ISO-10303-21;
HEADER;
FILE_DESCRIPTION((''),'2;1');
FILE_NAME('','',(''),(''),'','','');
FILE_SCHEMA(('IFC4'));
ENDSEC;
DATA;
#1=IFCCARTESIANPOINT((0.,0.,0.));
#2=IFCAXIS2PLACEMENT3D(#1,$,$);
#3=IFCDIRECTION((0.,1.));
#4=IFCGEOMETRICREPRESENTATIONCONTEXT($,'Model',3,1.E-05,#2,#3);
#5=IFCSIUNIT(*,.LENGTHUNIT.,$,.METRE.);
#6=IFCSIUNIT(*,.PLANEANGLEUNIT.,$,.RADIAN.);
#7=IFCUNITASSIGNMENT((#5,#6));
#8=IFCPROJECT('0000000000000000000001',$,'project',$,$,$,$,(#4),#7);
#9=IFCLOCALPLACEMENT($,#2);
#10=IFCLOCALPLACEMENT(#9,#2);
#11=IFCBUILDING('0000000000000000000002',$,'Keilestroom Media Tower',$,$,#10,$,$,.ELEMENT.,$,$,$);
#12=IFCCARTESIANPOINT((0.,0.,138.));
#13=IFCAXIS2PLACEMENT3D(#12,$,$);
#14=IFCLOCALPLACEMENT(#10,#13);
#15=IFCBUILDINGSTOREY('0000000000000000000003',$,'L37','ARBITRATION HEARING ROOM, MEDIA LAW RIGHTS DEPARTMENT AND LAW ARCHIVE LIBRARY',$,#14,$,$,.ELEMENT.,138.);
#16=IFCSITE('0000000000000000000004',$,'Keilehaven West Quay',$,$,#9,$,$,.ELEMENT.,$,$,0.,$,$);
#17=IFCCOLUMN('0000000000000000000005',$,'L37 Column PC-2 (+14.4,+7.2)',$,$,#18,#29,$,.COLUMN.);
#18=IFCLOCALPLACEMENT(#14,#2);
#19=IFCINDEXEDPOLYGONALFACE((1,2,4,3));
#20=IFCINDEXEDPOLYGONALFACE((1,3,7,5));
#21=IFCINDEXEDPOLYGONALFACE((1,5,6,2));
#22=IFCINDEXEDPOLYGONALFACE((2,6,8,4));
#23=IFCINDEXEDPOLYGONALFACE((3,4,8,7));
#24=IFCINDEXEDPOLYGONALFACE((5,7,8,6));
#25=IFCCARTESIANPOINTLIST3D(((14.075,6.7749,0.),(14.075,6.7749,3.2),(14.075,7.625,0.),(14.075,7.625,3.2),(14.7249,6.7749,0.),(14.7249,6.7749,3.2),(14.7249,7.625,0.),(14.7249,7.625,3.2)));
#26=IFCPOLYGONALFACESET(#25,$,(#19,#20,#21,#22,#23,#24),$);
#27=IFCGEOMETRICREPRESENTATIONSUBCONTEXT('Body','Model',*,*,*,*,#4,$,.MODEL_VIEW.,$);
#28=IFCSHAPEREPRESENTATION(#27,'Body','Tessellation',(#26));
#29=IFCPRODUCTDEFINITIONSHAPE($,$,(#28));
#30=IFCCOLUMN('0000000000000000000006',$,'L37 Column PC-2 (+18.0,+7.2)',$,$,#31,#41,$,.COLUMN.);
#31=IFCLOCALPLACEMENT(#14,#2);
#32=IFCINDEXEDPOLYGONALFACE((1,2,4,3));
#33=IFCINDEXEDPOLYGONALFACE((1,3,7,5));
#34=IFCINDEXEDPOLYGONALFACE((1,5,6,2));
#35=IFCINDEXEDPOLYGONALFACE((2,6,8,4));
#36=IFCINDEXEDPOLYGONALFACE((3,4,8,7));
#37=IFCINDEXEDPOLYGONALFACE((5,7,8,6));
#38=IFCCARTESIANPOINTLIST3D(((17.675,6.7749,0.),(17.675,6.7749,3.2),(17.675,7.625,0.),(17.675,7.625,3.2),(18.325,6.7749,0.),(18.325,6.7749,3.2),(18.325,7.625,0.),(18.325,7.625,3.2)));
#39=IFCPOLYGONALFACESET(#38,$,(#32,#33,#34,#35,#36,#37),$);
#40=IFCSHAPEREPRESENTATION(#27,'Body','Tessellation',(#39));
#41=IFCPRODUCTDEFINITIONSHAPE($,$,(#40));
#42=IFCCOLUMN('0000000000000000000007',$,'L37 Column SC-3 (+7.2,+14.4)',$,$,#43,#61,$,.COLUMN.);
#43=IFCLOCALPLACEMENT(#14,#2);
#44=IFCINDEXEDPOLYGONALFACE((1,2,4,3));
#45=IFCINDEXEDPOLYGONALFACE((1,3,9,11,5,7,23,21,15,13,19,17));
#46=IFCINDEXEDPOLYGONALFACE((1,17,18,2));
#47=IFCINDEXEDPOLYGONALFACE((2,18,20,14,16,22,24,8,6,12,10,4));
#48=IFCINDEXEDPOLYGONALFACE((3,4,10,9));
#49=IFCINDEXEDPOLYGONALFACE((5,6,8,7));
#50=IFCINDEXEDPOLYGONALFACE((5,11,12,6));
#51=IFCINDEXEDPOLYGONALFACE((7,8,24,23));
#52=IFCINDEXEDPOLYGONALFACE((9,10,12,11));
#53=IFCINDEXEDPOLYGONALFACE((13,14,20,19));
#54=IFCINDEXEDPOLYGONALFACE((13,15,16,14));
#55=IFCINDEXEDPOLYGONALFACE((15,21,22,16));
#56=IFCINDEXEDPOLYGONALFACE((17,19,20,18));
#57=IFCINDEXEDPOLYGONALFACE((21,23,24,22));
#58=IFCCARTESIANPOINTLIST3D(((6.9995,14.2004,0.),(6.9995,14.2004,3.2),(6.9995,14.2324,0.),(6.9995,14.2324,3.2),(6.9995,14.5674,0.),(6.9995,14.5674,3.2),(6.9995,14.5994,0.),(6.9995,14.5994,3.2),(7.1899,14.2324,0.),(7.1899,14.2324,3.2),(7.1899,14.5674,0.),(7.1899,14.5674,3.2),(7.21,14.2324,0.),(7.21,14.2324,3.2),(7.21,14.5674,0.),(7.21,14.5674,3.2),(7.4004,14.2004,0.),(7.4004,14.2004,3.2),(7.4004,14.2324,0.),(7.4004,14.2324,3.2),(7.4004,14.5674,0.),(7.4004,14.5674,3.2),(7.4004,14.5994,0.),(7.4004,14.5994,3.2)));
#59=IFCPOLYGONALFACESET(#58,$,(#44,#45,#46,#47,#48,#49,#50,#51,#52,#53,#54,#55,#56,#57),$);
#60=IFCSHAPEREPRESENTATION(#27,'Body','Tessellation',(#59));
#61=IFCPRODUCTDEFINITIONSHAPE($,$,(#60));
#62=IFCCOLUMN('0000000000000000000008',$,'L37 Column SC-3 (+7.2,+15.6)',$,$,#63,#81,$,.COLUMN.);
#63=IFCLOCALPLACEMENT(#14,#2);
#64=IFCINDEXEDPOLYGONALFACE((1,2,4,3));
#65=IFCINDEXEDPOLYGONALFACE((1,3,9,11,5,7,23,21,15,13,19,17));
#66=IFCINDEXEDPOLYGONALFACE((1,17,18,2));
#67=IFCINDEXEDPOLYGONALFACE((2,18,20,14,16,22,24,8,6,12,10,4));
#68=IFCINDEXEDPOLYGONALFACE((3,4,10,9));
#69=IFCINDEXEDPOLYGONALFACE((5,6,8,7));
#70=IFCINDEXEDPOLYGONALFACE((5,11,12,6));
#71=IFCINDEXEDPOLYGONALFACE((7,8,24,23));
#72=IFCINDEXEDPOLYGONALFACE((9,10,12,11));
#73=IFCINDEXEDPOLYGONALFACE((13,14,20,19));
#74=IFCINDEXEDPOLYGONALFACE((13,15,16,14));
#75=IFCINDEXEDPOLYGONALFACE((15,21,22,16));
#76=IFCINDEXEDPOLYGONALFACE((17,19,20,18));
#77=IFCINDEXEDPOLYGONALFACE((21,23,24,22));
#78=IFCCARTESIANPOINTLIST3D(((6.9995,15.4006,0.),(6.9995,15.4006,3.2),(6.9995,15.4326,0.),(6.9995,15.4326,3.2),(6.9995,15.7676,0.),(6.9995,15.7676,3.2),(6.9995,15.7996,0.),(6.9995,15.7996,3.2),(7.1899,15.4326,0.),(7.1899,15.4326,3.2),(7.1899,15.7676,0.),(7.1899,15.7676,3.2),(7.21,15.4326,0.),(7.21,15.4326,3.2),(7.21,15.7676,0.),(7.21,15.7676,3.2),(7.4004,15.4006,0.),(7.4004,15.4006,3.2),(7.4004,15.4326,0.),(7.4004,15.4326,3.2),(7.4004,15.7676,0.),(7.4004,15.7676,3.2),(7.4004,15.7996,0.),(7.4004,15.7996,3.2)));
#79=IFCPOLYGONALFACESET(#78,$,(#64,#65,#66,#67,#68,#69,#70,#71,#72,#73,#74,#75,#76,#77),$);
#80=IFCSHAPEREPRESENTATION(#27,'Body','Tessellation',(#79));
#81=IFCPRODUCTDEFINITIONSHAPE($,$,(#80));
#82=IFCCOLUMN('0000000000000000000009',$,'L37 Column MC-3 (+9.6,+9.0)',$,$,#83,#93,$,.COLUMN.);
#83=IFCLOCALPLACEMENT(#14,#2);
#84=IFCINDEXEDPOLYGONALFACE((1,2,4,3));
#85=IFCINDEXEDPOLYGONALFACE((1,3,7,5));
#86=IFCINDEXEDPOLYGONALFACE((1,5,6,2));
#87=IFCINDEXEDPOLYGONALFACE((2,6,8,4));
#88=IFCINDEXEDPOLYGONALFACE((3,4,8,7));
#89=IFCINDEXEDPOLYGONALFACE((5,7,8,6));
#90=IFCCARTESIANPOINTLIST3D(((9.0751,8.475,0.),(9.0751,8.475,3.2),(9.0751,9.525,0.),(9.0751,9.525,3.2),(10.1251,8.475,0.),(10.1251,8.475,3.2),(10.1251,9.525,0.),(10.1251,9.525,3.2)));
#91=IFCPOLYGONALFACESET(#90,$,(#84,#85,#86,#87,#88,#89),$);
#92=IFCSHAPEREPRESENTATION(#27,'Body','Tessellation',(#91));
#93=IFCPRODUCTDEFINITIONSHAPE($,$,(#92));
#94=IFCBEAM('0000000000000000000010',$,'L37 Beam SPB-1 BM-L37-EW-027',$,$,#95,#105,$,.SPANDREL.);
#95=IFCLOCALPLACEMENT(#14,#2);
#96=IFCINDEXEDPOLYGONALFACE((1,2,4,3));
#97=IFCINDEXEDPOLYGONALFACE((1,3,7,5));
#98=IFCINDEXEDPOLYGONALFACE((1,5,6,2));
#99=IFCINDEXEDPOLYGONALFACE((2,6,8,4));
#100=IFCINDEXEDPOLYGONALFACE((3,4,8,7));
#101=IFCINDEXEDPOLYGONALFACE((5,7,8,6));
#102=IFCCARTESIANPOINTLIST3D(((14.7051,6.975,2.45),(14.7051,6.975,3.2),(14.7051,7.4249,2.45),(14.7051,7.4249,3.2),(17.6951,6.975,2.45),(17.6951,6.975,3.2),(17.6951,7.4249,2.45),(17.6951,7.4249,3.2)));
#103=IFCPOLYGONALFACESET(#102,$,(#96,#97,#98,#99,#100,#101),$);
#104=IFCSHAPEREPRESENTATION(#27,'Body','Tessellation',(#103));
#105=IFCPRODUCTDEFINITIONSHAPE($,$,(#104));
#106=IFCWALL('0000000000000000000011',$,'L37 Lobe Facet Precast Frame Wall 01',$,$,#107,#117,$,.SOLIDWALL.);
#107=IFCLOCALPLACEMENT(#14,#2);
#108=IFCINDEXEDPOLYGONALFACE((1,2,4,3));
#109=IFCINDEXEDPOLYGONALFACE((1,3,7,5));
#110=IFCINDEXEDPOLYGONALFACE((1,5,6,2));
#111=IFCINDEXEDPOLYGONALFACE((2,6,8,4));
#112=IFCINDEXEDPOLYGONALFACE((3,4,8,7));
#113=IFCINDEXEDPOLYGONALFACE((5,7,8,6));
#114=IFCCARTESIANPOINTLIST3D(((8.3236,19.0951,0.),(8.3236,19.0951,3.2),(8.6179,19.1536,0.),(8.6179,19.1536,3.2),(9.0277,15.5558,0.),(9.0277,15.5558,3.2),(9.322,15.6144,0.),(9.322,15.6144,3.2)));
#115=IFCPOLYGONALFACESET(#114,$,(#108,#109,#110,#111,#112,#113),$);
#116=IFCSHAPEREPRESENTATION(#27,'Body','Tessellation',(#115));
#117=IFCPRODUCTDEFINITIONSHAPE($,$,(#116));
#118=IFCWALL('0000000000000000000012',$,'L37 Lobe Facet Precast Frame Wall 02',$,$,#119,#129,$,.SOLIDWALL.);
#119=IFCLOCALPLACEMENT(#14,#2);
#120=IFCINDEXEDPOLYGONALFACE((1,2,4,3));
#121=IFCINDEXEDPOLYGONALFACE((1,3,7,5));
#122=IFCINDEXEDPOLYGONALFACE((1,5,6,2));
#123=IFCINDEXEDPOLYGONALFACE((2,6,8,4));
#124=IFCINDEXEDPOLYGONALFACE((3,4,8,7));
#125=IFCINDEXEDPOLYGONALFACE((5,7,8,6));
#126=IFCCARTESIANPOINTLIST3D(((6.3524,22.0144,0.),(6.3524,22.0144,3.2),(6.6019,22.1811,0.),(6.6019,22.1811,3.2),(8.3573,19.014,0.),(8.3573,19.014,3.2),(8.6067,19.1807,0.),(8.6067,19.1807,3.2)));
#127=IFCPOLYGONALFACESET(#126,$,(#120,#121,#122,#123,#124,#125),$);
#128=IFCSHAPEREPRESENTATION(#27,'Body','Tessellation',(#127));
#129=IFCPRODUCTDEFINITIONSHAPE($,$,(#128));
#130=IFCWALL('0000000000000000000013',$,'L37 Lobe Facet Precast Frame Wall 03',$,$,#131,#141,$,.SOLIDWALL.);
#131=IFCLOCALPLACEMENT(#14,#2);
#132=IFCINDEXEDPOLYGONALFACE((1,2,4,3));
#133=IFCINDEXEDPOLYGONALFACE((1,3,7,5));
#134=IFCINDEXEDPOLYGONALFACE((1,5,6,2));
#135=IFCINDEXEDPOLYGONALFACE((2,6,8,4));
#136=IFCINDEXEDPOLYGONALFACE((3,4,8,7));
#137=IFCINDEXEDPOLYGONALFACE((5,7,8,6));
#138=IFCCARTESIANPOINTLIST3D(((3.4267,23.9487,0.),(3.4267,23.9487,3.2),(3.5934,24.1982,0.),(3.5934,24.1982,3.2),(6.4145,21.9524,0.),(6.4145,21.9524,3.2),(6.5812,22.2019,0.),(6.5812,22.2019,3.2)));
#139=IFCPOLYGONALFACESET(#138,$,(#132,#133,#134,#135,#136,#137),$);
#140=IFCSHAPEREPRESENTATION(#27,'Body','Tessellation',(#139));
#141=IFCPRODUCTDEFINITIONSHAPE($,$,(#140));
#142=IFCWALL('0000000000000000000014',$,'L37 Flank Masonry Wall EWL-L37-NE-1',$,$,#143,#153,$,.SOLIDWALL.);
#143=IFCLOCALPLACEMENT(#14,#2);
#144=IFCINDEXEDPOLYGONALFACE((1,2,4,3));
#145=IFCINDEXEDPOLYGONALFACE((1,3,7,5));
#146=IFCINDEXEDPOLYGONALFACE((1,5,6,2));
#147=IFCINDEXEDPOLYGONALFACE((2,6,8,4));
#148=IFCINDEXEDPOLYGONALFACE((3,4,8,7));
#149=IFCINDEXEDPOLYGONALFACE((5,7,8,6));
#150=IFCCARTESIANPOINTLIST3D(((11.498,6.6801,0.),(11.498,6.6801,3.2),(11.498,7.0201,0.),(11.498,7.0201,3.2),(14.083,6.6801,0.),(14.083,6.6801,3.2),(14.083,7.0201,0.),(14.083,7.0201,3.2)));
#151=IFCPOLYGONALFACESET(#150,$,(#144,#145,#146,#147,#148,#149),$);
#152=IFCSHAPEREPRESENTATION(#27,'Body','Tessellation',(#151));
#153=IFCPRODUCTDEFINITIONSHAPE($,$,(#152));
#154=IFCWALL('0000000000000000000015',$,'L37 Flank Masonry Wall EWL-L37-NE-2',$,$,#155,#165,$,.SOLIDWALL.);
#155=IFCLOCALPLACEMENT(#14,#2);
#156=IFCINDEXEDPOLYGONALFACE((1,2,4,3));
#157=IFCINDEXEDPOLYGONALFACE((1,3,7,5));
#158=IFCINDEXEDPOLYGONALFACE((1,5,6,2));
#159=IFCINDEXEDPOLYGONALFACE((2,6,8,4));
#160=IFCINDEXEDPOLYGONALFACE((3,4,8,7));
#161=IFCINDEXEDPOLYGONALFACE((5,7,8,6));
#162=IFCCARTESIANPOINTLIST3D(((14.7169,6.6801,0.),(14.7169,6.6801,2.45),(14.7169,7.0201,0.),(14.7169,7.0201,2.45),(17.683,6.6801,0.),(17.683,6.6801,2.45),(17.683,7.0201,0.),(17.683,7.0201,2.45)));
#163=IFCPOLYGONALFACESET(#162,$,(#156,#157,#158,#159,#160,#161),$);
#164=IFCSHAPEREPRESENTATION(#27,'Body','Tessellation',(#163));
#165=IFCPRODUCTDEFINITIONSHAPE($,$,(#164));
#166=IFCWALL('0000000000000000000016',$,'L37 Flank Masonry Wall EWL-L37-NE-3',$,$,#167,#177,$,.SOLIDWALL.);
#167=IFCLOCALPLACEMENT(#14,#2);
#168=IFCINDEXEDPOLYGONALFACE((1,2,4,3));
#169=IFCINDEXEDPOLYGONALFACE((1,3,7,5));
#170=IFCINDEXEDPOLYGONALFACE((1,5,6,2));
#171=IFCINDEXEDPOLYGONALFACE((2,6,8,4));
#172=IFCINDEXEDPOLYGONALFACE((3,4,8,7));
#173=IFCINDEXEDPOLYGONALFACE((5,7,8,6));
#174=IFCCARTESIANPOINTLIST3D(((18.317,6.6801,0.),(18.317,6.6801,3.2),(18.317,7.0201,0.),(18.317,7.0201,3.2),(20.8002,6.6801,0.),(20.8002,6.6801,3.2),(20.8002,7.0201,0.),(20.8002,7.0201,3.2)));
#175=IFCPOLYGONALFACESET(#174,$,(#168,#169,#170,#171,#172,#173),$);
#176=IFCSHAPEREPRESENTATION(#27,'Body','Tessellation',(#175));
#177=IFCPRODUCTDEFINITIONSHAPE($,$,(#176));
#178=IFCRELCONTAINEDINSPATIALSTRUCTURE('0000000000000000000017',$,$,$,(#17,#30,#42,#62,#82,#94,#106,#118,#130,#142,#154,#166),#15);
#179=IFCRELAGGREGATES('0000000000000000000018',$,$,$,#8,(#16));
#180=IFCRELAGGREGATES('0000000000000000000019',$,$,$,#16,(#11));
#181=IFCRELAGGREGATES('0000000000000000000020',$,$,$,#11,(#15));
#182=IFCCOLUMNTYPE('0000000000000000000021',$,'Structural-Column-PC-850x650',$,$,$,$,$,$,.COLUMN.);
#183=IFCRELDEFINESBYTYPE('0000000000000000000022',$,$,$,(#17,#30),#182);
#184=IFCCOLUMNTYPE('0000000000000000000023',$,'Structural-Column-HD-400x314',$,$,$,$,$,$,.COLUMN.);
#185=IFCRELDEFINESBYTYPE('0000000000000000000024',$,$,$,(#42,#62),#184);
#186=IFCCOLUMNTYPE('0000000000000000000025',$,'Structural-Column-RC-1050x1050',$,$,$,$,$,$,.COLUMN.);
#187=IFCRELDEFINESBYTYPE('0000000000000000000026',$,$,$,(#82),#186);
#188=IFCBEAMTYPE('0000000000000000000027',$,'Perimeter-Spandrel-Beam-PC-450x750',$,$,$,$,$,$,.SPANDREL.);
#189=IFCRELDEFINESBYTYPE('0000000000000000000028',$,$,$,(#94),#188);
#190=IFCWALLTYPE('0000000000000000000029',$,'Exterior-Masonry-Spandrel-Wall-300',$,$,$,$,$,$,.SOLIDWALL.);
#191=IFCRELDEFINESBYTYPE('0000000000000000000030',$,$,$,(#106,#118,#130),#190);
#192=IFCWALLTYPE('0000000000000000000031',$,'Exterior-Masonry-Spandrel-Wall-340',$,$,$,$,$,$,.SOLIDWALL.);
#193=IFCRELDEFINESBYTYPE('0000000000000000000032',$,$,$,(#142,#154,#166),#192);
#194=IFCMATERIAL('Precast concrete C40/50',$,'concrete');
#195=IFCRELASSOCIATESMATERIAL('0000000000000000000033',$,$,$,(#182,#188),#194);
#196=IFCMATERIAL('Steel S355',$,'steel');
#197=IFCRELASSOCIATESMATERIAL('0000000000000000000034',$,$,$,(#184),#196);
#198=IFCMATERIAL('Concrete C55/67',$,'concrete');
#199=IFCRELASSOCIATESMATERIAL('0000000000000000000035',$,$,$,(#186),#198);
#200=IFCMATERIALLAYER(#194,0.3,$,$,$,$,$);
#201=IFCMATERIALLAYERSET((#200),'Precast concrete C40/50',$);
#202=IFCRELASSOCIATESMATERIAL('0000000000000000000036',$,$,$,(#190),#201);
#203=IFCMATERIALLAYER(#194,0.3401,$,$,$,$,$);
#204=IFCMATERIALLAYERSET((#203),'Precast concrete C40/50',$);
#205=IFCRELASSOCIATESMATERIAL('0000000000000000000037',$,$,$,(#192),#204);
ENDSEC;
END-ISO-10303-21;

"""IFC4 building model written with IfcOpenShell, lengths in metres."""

from ifc_helpers import new_model, si_unit, direction, frame, frame_2d, origin, origin_2d, place, context, subcontext, project, spatial, rectangle, i_section, extrude, source, transform, mapped, material, layer, layer_set, material_profile, profile_set, type_object, element, save


model = new_model("IFC4")

# Units and contexts
model_context = context("Model", 3, precision=1e-05, world=origin(), true_north=direction((0.0, 1.0)))
body_context = subcontext(model_context, "Body", "Model", "MODEL_VIEW")
ifc_project = project(units=[si_unit("LENGTHUNIT", "METRE"), si_unit("PLANEANGLEUNIT", "RADIAN")], contexts=[model_context])

# Site, building, storey
site_placement = place(None, origin())
site = spatial("IfcSite", under=ifc_project, at=site_placement, Name="Keilehaven West Quay", CompositionType="ELEMENT", RefElevation=0.0)
building_placement = place(site_placement, origin())
building = spatial("IfcBuilding", under=site, at=building_placement, Name="Keilestroom Media Tower", CompositionType="ELEMENT")
storey_placement = place(building_placement, frame((0.0, 0.0, 138.0)))
storey = spatial("IfcBuildingStorey", under=building, at=storey_placement, Name="L37", Description="ARBITRATION HEARING ROOM, MEDIA LAW RIGHTS DEPARTMENT AND LAW ARCHIVE LIBRARY", CompositionType="ELEMENT", Elevation=138.0)

# Columns
ifc_material_1 = material(Name="Precast concrete C40/50", Category="concrete")
ifc_material_profile_1 = material_profile(ifc_material_1, rectangle(XDim=0.6499, YDim=0.8501, at=origin_2d()), Name="PC 850x650")
ifc_profile_set_1 = profile_set([ifc_material_profile_1], Name="Precast concrete C40/50")
column_type_1 = type_object("IfcColumnType", Name="Structural-Column-PC-850x650", PredefinedType="COLUMN", material=ifc_profile_set_1)
shared_shape_1 = source(origin(), body_context, "Body", "SweptSolid", [
    extrude(rectangle(XDim=0.6499, YDim=0.8501, at=origin_2d()), origin(), (0.0, 0.0, 1.0), 3.2),
])
for number, where, z_axis, x_axis, name in (
    (1, (14.3999, 7.2, 0.0), (0.0, 0.0, 1.0), (1.0, 0.0, 0.0), "L37 Column PC-2 (+14.4,+7.2)"),
    (2, (18.0, 7.2, 0.0), (0.0, 0.0, 1.0), (1.0, 0.0, 0.0), "L37 Column PC-2 (+18.0,+7.2)"),
):
    element("IfcColumn", number, at=place(storey_placement, frame(where, z_axis=z_axis, x_axis=x_axis)), inside=storey, type_object=column_type_1, Name=name, PredefinedType="COLUMN", context=body_context, shape_type="MappedRepresentation", body=[
        mapped(shared_shape_1, transform((0.0, 0.0, 0.0), x_axis=(1.0, 0.0, 0.0), y_axis=(0.0, 1.0, 0.0), z_axis=(0.0, 0.0, 1.0), scale=1.0)),
    ])
ifc_material_2 = material(Name="Steel S355", Category="steel")
ifc_material_profile_2 = material_profile(ifc_material_2, i_section(OverallWidth=0.4009, OverallDepth=0.3989, WebThickness=0.02, FlangeThickness=0.032, at=origin_2d()), Name="HD 400x314")
ifc_profile_set_2 = profile_set([ifc_material_profile_2], Name="Steel S355")
column_type_2 = type_object("IfcColumnType", Name="Structural-Column-HD-400x314", PredefinedType="COLUMN", material=ifc_profile_set_2)
shared_shape_2 = source(origin(), body_context, "Body", "SweptSolid", [
    extrude(i_section(OverallWidth=0.4009, OverallDepth=0.3989, WebThickness=0.02, FlangeThickness=0.032, at=origin_2d()), origin(), (0.0, 0.0, 1.0), 3.2),
])
for number, where, z_axis, x_axis, name in (
    (3, (7.2, 14.3999, 0.0), (0.0, 0.0, 1.0), (1.0, 0.0, 0.0), "L37 Column SC-3 (+7.2,+14.4)"),
    (4, (7.2, 15.6001, 0.0), (0.0, 0.0, 1.0), (1.0, 0.0, 0.0), "L37 Column SC-3 (+7.2,+15.6)"),
):
    element("IfcColumn", number, at=place(storey_placement, frame(where, z_axis=z_axis, x_axis=x_axis)), inside=storey, type_object=column_type_2, Name=name, PredefinedType="COLUMN", context=body_context, shape_type="MappedRepresentation", body=[
        mapped(shared_shape_2, transform((0.0, 0.0, 0.0), x_axis=(1.0, 0.0, 0.0), y_axis=(0.0, 1.0, 0.0), z_axis=(0.0, 0.0, 1.0), scale=1.0)),
    ])
ifc_material_3 = material(Name="Concrete C55/67", Category="concrete")
ifc_material_profile_3 = material_profile(ifc_material_3, rectangle(XDim=1.05, YDim=1.05, at=origin_2d()), Name="RC 1050x1050")
ifc_profile_set_3 = profile_set([ifc_material_profile_3], Name="Concrete C55/67")
column_type_3 = type_object("IfcColumnType", Name="Structural-Column-RC-1050x1050", PredefinedType="COLUMN", material=ifc_profile_set_3)
shared_shape_3 = source(origin(), body_context, "Body", "SweptSolid", [
    extrude(rectangle(XDim=1.05, YDim=1.05, at=origin_2d()), origin(), (0.0, 0.0, 1.0), 3.2),
])
column_placement = place(storey_placement, frame((9.6001, 9.0, 0.0), z_axis=(0.0, 0.0, 1.0), x_axis=(1.0, 0.0, 0.0)))
element("IfcColumn", 5, at=column_placement, inside=storey, type_object=column_type_3, Name="L37 Column MC-3 (+9.6,+9.0)", PredefinedType="COLUMN", context=body_context, shape_type="MappedRepresentation", body=[
    mapped(shared_shape_3, transform((0.0, 0.0, 0.0), x_axis=(1.0, 0.0, 0.0), y_axis=(0.0, 1.0, 0.0), z_axis=(0.0, 0.0, 1.0), scale=1.0)),
])

# Beam
ifc_material_profile_4 = material_profile(ifc_material_1, rectangle(XDim=0.45, YDim=0.75, at=origin_2d()), Name="PC 450x750")
ifc_profile_set_4 = profile_set([ifc_material_profile_4], Name="Precast concrete C40/50")
beam_type = type_object("IfcBeamType", Name="Perimeter-Spandrel-Beam-PC-450x750", PredefinedType="SPANDREL", material=ifc_profile_set_4)
shared_shape_4 = source(origin(), body_context, "Body", "SweptSolid", [
    extrude(rectangle(XDim=0.45, YDim=0.75, at=origin_2d()), origin(), (0.0, 0.0, 1.0), 2.99),
])
beam_placement = place(storey_placement, frame((14.7051, 7.2, 2.825), z_axis=(1.0, 0.0, 0.0), x_axis=(0.0, 1.0, 0.0)))
element("IfcBeam", 6, at=beam_placement, inside=storey, type_object=beam_type, Name="L37 Beam SPB-1 BM-L37-EW-027", PredefinedType="SPANDREL", context=body_context, shape_type="MappedRepresentation", body=[
    mapped(shared_shape_4, transform((0.0, 0.0, 0.0), x_axis=(1.0, 0.0, 0.0), y_axis=(0.0, 1.0, 0.0), z_axis=(0.0, 0.0, 1.0), scale=1.0)),
])

# Walls
ifc_layer_1 = layer(ifc_material_1, 0.3)
ifc_layer_set_1 = layer_set([ifc_layer_1], Name="Precast concrete C40/50")
wall_type_1 = type_object("IfcWallType", Name="Exterior-Masonry-Spandrel-Wall-300", PredefinedType="SOLIDWALL", material=ifc_layer_set_1)
for number, where, z_axis, x_axis, name in (
    (7, (9.1748, 15.5852, 0.0), (0.0, 0.0, 1.0), (-0.195114, 0.980781, 0.0), "L37 Lobe Facet Precast Frame Wall 01"),
    (8, (8.4819, 19.0974, 0.0), (0.0, 0.0, 1.0), (-0.555574, 0.831467, 0.0), "L37 Lobe Facet Precast Frame Wall 02"),
):
    element("IfcWall", number, at=place(storey_placement, frame(where, z_axis=z_axis, x_axis=x_axis)), inside=storey, type_object=wall_type_1, Name=name, PredefinedType="SOLIDWALL", context=body_context, shape_type="SweptSolid", body=[
        extrude(rectangle(XDim=3.6086, YDim=0.3, at=frame_2d((1.8042, 0.0))), origin(), (0.0, 0.0, 1.0), 3.2),
    ])
wall_1_placement = place(storey_placement, frame((6.4978, 22.0771, 0.0), z_axis=(0.0, 0.0, 1.0), x_axis=(-0.831475, 0.555562, 0.0)))
element("IfcWall", 9, at=wall_1_placement, inside=storey, type_object=wall_type_1, Name="L37 Lobe Facet Precast Frame Wall 03", PredefinedType="SOLIDWALL", context=body_context, shape_type="SweptSolid", body=[
    extrude(rectangle(XDim=3.5933, YDim=0.3, at=frame_2d((1.7966, 0.0))), origin(), (0.0, 0.0, 1.0), 3.2),
])
ifc_layer_2 = layer(ifc_material_1, 0.3401)
ifc_layer_set_2 = layer_set([ifc_layer_2], Name="Precast concrete C40/50")
wall_type_2 = type_object("IfcWallType", Name="Exterior-Masonry-Spandrel-Wall-340", PredefinedType="SOLIDWALL", material=ifc_layer_set_2)
wall_2_placement = place(storey_placement, frame((11.498, 6.8501, 0.0), z_axis=(0.0, 0.0, 1.0), x_axis=(1.0, 0.0, 0.0)))
element("IfcWall", 10, at=wall_2_placement, inside=storey, type_object=wall_type_2, Name="L37 Flank Masonry Wall EWL-L37-NE-1", PredefinedType="SOLIDWALL", context=body_context, shape_type="SweptSolid", body=[
    extrude(rectangle(XDim=2.585, YDim=0.3401, at=frame_2d((1.2925, 0.0))), origin(), (0.0, 0.0, 1.0), 3.2),
])
wall_3_placement = place(storey_placement, frame((14.717, 6.8501, 0.0), z_axis=(0.0, 0.0, 1.0), x_axis=(1.0, 0.0, 0.0)))
element("IfcWall", 11, at=wall_3_placement, inside=storey, type_object=wall_type_2, Name="L37 Flank Masonry Wall EWL-L37-NE-2", PredefinedType="SOLIDWALL", context=body_context, shape_type="SweptSolid", body=[
    extrude(rectangle(XDim=2.9661, YDim=0.3401, at=frame_2d((1.4829, 0.0))), origin(), (0.0, 0.0, 1.0), 2.45),
])
wall_4_placement = place(storey_placement, frame((18.3169, 6.8501, 0.0), z_axis=(0.0, 0.0, 1.0), x_axis=(1.0, 0.0, 0.0)))
element("IfcWall", 12, at=wall_4_placement, inside=storey, type_object=wall_type_2, Name="L37 Flank Masonry Wall EWL-L37-NE-3", PredefinedType="SOLIDWALL", context=body_context, shape_type="SweptSolid", body=[
    extrude(rectangle(XDim=2.4832, YDim=0.3401, at=frame_2d((1.2417, 0.0))), origin(), (0.0, 0.0, 1.0), 3.2),
])

save(model, "model.ifc")
